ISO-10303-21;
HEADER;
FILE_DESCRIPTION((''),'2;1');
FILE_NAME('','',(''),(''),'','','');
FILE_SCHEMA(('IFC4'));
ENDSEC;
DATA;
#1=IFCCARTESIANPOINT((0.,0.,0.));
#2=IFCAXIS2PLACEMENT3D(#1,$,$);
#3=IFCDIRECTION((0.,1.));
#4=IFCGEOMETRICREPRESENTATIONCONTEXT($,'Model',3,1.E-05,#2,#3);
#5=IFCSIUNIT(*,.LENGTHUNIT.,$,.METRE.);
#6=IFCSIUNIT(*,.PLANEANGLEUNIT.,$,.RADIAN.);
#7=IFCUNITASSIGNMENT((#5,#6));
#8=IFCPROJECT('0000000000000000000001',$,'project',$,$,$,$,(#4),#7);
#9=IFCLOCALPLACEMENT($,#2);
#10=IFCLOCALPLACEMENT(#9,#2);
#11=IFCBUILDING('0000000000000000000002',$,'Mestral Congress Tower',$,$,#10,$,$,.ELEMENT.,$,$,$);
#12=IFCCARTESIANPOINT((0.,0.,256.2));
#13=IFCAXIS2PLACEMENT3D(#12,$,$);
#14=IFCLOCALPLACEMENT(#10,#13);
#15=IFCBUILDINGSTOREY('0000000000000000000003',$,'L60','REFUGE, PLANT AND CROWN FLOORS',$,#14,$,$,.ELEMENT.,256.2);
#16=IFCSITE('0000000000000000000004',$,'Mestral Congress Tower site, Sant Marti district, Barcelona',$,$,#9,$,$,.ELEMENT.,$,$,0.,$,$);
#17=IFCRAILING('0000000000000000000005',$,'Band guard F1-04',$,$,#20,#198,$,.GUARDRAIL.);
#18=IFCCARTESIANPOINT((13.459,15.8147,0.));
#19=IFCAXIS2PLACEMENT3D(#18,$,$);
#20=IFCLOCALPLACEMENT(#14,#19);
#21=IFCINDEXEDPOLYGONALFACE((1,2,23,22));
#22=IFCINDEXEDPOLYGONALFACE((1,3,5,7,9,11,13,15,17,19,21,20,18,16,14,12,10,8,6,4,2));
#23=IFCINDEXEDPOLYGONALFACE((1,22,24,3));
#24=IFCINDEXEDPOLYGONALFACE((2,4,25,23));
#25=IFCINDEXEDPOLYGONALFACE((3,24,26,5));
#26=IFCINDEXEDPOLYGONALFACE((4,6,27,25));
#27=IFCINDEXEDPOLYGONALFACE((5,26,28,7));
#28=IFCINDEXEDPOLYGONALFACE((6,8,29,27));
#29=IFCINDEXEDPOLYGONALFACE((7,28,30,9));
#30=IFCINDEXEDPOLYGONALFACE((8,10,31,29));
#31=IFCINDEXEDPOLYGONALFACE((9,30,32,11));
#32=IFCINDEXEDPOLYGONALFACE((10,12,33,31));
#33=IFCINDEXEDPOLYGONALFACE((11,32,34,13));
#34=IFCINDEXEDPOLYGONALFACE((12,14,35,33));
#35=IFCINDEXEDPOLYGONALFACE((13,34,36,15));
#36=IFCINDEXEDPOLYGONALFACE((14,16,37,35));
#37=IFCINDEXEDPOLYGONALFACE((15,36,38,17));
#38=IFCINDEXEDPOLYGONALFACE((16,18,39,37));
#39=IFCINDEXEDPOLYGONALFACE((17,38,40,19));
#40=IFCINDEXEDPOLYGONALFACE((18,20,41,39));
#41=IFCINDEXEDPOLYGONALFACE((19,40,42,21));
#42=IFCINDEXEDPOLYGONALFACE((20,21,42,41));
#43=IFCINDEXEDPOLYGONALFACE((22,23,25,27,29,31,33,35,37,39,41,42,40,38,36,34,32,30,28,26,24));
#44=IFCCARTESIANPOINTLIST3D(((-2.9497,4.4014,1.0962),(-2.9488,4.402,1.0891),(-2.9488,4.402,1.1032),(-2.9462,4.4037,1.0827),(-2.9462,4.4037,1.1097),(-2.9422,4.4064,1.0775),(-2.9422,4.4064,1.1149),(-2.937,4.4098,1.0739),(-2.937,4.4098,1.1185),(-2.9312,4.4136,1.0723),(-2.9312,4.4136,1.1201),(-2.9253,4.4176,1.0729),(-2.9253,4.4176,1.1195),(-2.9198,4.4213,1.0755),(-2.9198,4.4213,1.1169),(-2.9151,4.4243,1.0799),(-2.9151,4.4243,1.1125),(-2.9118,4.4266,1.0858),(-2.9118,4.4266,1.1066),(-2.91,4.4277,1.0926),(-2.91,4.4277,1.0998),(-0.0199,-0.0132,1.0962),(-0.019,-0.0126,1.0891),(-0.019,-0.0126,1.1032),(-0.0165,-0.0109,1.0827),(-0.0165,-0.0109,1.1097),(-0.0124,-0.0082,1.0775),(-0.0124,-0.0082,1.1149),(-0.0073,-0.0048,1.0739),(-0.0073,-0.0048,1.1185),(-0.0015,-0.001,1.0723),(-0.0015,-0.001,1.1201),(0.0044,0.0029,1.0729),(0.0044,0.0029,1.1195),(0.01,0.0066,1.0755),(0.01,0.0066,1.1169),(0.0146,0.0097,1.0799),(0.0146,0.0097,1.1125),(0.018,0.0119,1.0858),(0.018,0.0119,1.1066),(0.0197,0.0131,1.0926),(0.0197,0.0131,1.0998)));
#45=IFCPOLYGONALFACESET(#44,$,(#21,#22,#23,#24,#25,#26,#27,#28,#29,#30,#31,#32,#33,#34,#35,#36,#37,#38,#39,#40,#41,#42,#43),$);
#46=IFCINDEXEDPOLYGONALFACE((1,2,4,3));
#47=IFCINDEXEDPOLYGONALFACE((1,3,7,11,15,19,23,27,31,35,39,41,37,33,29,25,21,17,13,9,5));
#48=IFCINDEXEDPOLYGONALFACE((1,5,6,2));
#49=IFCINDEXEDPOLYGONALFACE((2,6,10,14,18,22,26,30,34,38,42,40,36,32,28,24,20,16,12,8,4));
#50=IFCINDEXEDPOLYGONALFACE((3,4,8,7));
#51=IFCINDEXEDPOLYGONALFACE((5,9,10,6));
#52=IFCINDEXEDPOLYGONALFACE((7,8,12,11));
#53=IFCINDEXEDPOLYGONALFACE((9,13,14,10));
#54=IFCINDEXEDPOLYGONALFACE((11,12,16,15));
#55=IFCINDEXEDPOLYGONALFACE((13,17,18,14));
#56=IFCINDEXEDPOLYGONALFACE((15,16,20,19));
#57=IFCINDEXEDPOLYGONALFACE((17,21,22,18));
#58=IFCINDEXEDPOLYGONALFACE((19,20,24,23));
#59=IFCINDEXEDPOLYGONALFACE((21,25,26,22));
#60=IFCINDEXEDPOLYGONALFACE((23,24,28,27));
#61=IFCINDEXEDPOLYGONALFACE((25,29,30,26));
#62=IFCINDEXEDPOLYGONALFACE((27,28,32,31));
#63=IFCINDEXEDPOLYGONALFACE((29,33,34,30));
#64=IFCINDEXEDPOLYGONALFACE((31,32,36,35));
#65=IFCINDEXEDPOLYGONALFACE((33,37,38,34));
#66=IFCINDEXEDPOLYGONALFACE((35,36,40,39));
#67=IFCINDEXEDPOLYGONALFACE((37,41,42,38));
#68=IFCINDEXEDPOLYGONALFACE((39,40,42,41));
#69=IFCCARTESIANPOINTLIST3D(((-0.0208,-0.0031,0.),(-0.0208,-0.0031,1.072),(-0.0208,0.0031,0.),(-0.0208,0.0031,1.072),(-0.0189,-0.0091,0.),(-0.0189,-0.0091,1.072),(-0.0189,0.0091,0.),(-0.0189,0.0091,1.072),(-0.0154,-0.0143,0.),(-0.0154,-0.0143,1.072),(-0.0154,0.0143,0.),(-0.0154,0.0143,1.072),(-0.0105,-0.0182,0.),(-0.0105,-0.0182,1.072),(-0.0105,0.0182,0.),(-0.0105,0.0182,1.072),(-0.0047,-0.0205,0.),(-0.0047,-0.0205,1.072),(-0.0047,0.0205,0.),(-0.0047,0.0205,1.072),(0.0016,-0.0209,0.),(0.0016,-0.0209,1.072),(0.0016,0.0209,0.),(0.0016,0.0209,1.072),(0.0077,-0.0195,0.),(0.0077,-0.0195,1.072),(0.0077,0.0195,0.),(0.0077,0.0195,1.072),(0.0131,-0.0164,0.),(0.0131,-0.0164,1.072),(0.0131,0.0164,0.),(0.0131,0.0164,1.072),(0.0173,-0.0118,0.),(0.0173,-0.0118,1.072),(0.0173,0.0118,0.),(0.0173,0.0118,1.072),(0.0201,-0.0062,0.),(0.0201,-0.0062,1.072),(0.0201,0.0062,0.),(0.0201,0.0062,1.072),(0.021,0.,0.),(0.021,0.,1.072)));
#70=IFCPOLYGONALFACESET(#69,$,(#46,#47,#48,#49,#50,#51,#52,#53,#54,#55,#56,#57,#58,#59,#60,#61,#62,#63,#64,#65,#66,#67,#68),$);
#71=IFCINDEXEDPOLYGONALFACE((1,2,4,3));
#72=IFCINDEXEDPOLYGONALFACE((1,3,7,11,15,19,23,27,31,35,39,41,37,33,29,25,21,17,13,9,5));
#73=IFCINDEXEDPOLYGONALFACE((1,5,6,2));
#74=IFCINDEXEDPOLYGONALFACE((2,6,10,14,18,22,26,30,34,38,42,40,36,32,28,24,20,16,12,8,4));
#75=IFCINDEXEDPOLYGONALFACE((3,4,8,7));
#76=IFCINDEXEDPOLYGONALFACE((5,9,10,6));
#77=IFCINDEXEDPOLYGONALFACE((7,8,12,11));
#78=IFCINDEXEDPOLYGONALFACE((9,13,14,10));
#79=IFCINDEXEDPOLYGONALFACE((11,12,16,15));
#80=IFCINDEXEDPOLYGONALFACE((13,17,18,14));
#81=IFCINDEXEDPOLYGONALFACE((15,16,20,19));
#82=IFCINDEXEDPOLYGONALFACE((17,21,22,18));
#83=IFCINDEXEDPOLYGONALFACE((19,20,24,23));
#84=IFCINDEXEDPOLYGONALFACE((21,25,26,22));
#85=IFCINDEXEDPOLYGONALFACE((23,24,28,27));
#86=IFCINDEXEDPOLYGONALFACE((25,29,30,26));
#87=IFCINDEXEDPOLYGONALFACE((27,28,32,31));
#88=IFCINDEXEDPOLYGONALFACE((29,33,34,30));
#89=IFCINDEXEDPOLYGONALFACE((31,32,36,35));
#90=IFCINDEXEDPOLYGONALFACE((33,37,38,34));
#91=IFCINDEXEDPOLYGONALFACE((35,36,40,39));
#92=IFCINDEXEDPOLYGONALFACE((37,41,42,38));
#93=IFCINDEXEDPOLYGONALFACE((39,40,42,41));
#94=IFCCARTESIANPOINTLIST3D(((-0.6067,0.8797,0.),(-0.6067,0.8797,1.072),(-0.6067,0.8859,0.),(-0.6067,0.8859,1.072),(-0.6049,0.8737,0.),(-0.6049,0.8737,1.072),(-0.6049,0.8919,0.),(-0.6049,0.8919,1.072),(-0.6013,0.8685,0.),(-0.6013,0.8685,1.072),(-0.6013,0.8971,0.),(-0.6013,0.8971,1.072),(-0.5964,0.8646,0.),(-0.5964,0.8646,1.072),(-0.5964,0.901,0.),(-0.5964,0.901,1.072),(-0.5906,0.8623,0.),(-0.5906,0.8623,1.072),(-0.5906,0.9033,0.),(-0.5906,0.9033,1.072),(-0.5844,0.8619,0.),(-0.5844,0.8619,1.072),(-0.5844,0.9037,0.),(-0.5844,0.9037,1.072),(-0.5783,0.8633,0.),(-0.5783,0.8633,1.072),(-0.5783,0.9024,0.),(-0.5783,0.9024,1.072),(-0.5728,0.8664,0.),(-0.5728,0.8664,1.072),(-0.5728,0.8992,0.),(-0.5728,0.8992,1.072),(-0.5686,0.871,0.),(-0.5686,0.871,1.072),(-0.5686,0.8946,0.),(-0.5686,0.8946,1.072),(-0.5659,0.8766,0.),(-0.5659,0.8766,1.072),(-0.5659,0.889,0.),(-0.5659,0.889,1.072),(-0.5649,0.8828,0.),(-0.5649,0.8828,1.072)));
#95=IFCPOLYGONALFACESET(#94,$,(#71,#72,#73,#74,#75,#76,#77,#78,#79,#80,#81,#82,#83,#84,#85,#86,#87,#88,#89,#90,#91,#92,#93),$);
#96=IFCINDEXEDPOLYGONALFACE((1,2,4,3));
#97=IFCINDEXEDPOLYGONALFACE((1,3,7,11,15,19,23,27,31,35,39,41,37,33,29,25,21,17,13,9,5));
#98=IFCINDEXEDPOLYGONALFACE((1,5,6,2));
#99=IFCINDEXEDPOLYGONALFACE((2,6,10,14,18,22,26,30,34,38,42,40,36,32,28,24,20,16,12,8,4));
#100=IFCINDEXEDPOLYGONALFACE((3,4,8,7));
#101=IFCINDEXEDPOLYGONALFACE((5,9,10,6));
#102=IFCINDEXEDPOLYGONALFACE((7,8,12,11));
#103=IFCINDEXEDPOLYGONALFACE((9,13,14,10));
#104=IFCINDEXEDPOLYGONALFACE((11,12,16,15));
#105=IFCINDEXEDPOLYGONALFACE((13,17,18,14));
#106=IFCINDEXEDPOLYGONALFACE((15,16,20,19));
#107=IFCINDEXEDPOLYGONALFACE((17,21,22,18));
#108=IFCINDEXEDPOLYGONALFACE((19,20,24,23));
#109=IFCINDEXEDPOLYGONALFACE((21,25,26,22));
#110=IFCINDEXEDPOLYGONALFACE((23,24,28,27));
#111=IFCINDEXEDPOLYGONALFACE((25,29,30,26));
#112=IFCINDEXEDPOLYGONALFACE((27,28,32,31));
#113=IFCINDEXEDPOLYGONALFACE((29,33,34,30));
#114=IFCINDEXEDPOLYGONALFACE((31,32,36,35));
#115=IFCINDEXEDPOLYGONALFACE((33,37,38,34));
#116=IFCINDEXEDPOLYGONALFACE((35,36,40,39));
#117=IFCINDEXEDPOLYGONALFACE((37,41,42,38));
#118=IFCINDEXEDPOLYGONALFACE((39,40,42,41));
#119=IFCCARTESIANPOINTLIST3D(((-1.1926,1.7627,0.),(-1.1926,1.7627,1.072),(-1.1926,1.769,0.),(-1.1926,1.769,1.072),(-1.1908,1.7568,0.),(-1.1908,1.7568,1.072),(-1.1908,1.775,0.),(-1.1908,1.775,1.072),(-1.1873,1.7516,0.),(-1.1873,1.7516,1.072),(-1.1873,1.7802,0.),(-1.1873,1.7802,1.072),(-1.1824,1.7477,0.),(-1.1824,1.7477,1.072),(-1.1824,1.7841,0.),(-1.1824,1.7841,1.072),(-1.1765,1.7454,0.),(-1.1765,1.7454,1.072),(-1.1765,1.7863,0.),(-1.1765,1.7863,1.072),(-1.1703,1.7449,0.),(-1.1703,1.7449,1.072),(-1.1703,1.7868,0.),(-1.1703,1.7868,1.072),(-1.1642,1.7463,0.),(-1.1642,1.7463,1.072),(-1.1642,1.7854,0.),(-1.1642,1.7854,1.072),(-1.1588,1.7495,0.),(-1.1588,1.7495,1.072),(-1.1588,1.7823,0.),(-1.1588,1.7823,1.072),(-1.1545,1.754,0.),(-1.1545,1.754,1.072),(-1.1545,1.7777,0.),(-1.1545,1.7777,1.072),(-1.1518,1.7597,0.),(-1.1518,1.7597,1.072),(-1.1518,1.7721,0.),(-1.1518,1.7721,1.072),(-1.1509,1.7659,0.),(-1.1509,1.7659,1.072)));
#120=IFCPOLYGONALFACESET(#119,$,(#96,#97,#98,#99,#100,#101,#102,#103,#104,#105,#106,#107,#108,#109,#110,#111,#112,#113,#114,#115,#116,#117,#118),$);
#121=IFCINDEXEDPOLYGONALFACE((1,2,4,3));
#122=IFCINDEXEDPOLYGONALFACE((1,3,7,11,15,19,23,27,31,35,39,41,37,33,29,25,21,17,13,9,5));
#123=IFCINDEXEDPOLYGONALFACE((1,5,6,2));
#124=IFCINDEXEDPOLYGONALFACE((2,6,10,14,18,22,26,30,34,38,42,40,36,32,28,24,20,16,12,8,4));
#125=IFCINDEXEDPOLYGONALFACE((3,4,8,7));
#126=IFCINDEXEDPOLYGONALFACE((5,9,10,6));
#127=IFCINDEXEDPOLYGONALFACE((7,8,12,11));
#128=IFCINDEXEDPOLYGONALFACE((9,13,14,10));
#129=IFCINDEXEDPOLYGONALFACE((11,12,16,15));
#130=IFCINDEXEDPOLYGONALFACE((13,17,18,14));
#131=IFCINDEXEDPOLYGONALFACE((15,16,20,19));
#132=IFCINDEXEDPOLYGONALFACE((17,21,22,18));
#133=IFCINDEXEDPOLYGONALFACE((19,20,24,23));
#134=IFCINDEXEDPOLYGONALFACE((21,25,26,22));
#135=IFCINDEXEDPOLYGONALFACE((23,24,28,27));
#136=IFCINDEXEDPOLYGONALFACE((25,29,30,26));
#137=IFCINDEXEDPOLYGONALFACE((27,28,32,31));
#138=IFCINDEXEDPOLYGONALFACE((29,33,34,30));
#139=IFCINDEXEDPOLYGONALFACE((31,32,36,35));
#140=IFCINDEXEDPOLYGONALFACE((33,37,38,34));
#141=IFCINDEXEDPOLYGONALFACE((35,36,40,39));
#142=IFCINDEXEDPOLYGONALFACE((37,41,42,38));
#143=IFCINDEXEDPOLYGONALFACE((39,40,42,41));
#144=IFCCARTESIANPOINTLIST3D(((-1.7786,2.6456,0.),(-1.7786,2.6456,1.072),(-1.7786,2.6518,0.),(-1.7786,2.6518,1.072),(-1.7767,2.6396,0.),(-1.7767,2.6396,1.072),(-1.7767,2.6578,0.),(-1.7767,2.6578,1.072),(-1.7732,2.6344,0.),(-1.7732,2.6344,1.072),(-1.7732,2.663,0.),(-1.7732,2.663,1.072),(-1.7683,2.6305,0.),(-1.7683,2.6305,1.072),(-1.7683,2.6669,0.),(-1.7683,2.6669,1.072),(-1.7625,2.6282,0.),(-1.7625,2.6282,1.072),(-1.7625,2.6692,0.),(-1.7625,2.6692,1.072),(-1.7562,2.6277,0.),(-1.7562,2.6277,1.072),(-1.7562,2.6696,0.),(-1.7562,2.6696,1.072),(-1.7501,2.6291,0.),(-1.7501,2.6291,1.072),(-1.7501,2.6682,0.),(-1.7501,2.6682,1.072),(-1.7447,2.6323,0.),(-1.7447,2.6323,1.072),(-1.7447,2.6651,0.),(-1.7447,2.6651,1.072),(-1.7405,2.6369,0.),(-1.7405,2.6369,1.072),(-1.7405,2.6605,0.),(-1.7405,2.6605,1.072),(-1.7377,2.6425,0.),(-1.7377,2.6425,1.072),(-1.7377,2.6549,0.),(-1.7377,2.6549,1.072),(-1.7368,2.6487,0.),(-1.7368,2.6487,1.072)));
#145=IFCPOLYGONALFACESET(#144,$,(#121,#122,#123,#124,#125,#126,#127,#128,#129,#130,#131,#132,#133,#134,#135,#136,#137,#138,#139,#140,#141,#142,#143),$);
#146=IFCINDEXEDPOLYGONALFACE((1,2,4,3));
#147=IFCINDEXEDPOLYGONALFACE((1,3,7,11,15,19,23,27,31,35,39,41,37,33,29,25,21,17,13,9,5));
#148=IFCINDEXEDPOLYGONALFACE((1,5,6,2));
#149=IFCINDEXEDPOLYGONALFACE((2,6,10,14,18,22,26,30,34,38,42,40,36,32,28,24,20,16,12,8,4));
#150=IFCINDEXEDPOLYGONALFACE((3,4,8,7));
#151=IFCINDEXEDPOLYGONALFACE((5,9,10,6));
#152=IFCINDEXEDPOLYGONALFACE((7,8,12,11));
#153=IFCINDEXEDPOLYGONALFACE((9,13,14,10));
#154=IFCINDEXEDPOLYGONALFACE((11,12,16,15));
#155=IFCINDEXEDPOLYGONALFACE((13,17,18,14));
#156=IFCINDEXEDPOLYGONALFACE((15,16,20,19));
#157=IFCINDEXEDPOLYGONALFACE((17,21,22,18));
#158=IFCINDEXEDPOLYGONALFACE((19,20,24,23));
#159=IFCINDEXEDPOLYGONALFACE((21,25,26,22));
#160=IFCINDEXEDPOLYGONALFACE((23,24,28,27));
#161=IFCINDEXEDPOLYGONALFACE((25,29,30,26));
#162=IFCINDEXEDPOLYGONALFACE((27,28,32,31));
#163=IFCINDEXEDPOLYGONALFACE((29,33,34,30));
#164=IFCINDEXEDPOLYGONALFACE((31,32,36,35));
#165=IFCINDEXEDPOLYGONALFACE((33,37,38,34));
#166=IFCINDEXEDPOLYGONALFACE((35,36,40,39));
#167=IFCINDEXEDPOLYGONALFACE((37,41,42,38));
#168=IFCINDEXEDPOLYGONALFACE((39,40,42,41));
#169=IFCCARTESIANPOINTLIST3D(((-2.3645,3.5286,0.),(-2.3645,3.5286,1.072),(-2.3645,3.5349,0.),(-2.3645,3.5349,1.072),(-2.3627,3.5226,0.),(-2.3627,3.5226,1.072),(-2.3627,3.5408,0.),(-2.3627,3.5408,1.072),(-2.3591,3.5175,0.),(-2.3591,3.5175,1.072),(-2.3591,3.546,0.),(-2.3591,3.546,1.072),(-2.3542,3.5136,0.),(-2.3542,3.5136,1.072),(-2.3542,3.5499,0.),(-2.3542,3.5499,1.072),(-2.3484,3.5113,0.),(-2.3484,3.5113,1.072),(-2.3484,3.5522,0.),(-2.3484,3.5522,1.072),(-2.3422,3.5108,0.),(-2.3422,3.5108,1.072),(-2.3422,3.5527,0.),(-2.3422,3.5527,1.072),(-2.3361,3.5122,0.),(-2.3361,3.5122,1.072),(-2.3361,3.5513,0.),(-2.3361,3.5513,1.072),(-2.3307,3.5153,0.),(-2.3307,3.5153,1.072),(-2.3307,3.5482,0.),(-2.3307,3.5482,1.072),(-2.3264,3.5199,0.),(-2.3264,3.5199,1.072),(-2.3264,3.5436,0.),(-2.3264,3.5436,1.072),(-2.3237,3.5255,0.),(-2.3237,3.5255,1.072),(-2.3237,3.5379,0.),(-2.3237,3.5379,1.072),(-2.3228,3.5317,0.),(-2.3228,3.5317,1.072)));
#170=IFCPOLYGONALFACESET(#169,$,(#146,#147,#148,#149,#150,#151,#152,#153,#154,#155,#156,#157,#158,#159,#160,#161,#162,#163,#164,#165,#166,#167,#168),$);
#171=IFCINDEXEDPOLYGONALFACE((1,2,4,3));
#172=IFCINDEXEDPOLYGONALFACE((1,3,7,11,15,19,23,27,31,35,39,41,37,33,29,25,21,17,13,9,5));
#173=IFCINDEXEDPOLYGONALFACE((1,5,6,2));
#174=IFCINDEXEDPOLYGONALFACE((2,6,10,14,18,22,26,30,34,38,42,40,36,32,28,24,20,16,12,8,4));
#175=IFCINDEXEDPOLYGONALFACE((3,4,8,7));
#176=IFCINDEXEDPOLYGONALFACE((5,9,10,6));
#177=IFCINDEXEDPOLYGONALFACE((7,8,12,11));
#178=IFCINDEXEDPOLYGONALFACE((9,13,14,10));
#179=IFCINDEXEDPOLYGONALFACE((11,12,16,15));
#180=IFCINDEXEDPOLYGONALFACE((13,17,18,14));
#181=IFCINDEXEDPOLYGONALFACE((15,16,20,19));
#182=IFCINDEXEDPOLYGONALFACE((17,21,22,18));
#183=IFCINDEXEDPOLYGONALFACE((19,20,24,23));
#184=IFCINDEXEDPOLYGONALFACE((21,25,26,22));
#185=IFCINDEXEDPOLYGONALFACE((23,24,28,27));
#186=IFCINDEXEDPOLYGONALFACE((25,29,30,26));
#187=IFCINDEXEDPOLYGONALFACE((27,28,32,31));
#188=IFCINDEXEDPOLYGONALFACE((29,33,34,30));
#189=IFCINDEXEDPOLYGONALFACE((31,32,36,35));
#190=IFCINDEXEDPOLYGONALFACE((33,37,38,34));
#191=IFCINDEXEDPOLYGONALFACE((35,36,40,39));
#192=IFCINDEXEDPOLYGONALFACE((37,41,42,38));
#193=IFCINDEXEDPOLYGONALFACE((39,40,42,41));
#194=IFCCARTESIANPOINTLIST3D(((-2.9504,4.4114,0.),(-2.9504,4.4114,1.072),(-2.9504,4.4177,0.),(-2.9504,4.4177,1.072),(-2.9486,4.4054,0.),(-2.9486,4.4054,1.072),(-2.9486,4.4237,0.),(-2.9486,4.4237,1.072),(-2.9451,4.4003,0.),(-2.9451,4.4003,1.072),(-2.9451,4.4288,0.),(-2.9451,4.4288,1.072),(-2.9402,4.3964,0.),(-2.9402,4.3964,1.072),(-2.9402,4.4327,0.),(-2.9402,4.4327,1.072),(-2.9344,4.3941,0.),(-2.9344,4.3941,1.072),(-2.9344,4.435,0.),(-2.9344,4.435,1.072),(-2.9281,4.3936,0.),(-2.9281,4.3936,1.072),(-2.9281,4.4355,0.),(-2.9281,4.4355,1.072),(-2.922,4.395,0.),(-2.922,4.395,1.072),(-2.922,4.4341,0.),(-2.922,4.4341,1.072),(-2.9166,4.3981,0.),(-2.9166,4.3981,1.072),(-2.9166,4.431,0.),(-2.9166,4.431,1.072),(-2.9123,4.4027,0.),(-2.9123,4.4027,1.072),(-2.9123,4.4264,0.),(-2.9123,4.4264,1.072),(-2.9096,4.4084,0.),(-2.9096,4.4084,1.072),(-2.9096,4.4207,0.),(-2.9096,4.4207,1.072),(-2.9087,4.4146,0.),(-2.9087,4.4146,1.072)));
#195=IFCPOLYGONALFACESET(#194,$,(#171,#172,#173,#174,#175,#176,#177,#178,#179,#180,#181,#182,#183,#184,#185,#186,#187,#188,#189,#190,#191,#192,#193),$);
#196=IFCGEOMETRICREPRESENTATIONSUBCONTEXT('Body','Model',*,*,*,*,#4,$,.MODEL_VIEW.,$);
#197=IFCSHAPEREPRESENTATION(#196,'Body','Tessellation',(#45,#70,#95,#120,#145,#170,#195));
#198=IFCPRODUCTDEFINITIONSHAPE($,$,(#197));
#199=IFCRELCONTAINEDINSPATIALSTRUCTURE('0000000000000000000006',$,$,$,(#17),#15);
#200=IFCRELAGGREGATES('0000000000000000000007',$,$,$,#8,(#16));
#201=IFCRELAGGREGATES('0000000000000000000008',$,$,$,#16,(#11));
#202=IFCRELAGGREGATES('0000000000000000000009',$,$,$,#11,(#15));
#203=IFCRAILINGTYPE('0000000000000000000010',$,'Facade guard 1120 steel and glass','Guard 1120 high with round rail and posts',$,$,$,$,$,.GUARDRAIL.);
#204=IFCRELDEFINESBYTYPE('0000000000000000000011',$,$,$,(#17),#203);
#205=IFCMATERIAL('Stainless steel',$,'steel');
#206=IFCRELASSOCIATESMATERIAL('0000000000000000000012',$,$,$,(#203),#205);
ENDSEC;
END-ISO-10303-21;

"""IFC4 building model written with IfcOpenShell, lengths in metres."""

from ifc_helpers import new_model, si_unit, direction, frame, origin, origin_2d, place, context, subcontext, project, spatial, circle, extrude, material, type_object, element, save


model = new_model("IFC4")

# Units and contexts
model_context = context("Model", 3, precision=1e-05, world=origin(), true_north=direction((0.0, 1.0)))
body_context = subcontext(model_context, "Body", "Model", "MODEL_VIEW")
ifc_project = project(units=[si_unit("LENGTHUNIT", "METRE"), si_unit("PLANEANGLEUNIT", "RADIAN")], contexts=[model_context])

# Site, building, storey
site_placement = place(None, origin())
site = spatial("IfcSite", under=ifc_project, at=site_placement, Name="Mestral Congress Tower site, Sant Marti district, Barcelona", CompositionType="ELEMENT", RefElevation=0.0)
building_placement = place(site_placement, origin())
building = spatial("IfcBuilding", under=site, at=building_placement, Name="Mestral Congress Tower", CompositionType="ELEMENT")
storey_placement = place(building_placement, frame((0.0, 0.0, 256.2)))
storey = spatial("IfcBuildingStorey", under=building, at=storey_placement, Name="L60", Description="REFUGE, PLANT AND CROWN FLOORS", CompositionType="ELEMENT", Elevation=256.2)

# Railing
ifc_material_1 = material(Name="Stainless steel", Category="steel")
railing_type = type_object("IfcRailingType", Name="Facade guard 1120 steel and glass", Description="Guard 1120 high with round rail and posts", PredefinedType="GUARDRAIL", material=ifc_material_1)
railing_placement = place(storey_placement, frame((13.459, 15.8147, 0.0)))
element("IfcRailing", 1, at=railing_placement, inside=storey, type_object=railing_type, Name="Band guard F1-04", PredefinedType="GUARDRAIL", context=body_context, shape_type="SweptSolid", body=[
    extrude(circle(Radius=0.0239, at=origin_2d()), frame((0.0, 0.0, 1.0962), z_axis=(-0.552955, 0.833211, 0.0), x_axis=(-0.833211, -0.552955, 0.0)), (0.0, 0.0, 1.0), 5.2983),
    extrude(circle(Radius=0.021, at=origin_2d()), origin(), (0.0, 0.0, 1.0), 1.072),
    extrude(circle(Radius=0.021, at=origin_2d()), frame((-0.5859, 0.8828, 0.0)), (0.0, 0.0, 1.0), 1.072),
    extrude(circle(Radius=0.021, at=origin_2d()), frame((-1.1719, 1.7659, 0.0)), (0.0, 0.0, 1.0), 1.072),
    extrude(circle(Radius=0.021, at=origin_2d()), frame((-1.7578, 2.6487, 0.0)), (0.0, 0.0, 1.0), 1.072),
    extrude(circle(Radius=0.021, at=origin_2d()), frame((-2.3438, 3.5317, 0.0)), (0.0, 0.0, 1.0), 1.072),
    extrude(circle(Radius=0.021, at=origin_2d()), frame((-2.9297, 4.4146, 0.0)), (0.0, 0.0, 1.0), 1.072),
])

save(model, "model.ifc")
